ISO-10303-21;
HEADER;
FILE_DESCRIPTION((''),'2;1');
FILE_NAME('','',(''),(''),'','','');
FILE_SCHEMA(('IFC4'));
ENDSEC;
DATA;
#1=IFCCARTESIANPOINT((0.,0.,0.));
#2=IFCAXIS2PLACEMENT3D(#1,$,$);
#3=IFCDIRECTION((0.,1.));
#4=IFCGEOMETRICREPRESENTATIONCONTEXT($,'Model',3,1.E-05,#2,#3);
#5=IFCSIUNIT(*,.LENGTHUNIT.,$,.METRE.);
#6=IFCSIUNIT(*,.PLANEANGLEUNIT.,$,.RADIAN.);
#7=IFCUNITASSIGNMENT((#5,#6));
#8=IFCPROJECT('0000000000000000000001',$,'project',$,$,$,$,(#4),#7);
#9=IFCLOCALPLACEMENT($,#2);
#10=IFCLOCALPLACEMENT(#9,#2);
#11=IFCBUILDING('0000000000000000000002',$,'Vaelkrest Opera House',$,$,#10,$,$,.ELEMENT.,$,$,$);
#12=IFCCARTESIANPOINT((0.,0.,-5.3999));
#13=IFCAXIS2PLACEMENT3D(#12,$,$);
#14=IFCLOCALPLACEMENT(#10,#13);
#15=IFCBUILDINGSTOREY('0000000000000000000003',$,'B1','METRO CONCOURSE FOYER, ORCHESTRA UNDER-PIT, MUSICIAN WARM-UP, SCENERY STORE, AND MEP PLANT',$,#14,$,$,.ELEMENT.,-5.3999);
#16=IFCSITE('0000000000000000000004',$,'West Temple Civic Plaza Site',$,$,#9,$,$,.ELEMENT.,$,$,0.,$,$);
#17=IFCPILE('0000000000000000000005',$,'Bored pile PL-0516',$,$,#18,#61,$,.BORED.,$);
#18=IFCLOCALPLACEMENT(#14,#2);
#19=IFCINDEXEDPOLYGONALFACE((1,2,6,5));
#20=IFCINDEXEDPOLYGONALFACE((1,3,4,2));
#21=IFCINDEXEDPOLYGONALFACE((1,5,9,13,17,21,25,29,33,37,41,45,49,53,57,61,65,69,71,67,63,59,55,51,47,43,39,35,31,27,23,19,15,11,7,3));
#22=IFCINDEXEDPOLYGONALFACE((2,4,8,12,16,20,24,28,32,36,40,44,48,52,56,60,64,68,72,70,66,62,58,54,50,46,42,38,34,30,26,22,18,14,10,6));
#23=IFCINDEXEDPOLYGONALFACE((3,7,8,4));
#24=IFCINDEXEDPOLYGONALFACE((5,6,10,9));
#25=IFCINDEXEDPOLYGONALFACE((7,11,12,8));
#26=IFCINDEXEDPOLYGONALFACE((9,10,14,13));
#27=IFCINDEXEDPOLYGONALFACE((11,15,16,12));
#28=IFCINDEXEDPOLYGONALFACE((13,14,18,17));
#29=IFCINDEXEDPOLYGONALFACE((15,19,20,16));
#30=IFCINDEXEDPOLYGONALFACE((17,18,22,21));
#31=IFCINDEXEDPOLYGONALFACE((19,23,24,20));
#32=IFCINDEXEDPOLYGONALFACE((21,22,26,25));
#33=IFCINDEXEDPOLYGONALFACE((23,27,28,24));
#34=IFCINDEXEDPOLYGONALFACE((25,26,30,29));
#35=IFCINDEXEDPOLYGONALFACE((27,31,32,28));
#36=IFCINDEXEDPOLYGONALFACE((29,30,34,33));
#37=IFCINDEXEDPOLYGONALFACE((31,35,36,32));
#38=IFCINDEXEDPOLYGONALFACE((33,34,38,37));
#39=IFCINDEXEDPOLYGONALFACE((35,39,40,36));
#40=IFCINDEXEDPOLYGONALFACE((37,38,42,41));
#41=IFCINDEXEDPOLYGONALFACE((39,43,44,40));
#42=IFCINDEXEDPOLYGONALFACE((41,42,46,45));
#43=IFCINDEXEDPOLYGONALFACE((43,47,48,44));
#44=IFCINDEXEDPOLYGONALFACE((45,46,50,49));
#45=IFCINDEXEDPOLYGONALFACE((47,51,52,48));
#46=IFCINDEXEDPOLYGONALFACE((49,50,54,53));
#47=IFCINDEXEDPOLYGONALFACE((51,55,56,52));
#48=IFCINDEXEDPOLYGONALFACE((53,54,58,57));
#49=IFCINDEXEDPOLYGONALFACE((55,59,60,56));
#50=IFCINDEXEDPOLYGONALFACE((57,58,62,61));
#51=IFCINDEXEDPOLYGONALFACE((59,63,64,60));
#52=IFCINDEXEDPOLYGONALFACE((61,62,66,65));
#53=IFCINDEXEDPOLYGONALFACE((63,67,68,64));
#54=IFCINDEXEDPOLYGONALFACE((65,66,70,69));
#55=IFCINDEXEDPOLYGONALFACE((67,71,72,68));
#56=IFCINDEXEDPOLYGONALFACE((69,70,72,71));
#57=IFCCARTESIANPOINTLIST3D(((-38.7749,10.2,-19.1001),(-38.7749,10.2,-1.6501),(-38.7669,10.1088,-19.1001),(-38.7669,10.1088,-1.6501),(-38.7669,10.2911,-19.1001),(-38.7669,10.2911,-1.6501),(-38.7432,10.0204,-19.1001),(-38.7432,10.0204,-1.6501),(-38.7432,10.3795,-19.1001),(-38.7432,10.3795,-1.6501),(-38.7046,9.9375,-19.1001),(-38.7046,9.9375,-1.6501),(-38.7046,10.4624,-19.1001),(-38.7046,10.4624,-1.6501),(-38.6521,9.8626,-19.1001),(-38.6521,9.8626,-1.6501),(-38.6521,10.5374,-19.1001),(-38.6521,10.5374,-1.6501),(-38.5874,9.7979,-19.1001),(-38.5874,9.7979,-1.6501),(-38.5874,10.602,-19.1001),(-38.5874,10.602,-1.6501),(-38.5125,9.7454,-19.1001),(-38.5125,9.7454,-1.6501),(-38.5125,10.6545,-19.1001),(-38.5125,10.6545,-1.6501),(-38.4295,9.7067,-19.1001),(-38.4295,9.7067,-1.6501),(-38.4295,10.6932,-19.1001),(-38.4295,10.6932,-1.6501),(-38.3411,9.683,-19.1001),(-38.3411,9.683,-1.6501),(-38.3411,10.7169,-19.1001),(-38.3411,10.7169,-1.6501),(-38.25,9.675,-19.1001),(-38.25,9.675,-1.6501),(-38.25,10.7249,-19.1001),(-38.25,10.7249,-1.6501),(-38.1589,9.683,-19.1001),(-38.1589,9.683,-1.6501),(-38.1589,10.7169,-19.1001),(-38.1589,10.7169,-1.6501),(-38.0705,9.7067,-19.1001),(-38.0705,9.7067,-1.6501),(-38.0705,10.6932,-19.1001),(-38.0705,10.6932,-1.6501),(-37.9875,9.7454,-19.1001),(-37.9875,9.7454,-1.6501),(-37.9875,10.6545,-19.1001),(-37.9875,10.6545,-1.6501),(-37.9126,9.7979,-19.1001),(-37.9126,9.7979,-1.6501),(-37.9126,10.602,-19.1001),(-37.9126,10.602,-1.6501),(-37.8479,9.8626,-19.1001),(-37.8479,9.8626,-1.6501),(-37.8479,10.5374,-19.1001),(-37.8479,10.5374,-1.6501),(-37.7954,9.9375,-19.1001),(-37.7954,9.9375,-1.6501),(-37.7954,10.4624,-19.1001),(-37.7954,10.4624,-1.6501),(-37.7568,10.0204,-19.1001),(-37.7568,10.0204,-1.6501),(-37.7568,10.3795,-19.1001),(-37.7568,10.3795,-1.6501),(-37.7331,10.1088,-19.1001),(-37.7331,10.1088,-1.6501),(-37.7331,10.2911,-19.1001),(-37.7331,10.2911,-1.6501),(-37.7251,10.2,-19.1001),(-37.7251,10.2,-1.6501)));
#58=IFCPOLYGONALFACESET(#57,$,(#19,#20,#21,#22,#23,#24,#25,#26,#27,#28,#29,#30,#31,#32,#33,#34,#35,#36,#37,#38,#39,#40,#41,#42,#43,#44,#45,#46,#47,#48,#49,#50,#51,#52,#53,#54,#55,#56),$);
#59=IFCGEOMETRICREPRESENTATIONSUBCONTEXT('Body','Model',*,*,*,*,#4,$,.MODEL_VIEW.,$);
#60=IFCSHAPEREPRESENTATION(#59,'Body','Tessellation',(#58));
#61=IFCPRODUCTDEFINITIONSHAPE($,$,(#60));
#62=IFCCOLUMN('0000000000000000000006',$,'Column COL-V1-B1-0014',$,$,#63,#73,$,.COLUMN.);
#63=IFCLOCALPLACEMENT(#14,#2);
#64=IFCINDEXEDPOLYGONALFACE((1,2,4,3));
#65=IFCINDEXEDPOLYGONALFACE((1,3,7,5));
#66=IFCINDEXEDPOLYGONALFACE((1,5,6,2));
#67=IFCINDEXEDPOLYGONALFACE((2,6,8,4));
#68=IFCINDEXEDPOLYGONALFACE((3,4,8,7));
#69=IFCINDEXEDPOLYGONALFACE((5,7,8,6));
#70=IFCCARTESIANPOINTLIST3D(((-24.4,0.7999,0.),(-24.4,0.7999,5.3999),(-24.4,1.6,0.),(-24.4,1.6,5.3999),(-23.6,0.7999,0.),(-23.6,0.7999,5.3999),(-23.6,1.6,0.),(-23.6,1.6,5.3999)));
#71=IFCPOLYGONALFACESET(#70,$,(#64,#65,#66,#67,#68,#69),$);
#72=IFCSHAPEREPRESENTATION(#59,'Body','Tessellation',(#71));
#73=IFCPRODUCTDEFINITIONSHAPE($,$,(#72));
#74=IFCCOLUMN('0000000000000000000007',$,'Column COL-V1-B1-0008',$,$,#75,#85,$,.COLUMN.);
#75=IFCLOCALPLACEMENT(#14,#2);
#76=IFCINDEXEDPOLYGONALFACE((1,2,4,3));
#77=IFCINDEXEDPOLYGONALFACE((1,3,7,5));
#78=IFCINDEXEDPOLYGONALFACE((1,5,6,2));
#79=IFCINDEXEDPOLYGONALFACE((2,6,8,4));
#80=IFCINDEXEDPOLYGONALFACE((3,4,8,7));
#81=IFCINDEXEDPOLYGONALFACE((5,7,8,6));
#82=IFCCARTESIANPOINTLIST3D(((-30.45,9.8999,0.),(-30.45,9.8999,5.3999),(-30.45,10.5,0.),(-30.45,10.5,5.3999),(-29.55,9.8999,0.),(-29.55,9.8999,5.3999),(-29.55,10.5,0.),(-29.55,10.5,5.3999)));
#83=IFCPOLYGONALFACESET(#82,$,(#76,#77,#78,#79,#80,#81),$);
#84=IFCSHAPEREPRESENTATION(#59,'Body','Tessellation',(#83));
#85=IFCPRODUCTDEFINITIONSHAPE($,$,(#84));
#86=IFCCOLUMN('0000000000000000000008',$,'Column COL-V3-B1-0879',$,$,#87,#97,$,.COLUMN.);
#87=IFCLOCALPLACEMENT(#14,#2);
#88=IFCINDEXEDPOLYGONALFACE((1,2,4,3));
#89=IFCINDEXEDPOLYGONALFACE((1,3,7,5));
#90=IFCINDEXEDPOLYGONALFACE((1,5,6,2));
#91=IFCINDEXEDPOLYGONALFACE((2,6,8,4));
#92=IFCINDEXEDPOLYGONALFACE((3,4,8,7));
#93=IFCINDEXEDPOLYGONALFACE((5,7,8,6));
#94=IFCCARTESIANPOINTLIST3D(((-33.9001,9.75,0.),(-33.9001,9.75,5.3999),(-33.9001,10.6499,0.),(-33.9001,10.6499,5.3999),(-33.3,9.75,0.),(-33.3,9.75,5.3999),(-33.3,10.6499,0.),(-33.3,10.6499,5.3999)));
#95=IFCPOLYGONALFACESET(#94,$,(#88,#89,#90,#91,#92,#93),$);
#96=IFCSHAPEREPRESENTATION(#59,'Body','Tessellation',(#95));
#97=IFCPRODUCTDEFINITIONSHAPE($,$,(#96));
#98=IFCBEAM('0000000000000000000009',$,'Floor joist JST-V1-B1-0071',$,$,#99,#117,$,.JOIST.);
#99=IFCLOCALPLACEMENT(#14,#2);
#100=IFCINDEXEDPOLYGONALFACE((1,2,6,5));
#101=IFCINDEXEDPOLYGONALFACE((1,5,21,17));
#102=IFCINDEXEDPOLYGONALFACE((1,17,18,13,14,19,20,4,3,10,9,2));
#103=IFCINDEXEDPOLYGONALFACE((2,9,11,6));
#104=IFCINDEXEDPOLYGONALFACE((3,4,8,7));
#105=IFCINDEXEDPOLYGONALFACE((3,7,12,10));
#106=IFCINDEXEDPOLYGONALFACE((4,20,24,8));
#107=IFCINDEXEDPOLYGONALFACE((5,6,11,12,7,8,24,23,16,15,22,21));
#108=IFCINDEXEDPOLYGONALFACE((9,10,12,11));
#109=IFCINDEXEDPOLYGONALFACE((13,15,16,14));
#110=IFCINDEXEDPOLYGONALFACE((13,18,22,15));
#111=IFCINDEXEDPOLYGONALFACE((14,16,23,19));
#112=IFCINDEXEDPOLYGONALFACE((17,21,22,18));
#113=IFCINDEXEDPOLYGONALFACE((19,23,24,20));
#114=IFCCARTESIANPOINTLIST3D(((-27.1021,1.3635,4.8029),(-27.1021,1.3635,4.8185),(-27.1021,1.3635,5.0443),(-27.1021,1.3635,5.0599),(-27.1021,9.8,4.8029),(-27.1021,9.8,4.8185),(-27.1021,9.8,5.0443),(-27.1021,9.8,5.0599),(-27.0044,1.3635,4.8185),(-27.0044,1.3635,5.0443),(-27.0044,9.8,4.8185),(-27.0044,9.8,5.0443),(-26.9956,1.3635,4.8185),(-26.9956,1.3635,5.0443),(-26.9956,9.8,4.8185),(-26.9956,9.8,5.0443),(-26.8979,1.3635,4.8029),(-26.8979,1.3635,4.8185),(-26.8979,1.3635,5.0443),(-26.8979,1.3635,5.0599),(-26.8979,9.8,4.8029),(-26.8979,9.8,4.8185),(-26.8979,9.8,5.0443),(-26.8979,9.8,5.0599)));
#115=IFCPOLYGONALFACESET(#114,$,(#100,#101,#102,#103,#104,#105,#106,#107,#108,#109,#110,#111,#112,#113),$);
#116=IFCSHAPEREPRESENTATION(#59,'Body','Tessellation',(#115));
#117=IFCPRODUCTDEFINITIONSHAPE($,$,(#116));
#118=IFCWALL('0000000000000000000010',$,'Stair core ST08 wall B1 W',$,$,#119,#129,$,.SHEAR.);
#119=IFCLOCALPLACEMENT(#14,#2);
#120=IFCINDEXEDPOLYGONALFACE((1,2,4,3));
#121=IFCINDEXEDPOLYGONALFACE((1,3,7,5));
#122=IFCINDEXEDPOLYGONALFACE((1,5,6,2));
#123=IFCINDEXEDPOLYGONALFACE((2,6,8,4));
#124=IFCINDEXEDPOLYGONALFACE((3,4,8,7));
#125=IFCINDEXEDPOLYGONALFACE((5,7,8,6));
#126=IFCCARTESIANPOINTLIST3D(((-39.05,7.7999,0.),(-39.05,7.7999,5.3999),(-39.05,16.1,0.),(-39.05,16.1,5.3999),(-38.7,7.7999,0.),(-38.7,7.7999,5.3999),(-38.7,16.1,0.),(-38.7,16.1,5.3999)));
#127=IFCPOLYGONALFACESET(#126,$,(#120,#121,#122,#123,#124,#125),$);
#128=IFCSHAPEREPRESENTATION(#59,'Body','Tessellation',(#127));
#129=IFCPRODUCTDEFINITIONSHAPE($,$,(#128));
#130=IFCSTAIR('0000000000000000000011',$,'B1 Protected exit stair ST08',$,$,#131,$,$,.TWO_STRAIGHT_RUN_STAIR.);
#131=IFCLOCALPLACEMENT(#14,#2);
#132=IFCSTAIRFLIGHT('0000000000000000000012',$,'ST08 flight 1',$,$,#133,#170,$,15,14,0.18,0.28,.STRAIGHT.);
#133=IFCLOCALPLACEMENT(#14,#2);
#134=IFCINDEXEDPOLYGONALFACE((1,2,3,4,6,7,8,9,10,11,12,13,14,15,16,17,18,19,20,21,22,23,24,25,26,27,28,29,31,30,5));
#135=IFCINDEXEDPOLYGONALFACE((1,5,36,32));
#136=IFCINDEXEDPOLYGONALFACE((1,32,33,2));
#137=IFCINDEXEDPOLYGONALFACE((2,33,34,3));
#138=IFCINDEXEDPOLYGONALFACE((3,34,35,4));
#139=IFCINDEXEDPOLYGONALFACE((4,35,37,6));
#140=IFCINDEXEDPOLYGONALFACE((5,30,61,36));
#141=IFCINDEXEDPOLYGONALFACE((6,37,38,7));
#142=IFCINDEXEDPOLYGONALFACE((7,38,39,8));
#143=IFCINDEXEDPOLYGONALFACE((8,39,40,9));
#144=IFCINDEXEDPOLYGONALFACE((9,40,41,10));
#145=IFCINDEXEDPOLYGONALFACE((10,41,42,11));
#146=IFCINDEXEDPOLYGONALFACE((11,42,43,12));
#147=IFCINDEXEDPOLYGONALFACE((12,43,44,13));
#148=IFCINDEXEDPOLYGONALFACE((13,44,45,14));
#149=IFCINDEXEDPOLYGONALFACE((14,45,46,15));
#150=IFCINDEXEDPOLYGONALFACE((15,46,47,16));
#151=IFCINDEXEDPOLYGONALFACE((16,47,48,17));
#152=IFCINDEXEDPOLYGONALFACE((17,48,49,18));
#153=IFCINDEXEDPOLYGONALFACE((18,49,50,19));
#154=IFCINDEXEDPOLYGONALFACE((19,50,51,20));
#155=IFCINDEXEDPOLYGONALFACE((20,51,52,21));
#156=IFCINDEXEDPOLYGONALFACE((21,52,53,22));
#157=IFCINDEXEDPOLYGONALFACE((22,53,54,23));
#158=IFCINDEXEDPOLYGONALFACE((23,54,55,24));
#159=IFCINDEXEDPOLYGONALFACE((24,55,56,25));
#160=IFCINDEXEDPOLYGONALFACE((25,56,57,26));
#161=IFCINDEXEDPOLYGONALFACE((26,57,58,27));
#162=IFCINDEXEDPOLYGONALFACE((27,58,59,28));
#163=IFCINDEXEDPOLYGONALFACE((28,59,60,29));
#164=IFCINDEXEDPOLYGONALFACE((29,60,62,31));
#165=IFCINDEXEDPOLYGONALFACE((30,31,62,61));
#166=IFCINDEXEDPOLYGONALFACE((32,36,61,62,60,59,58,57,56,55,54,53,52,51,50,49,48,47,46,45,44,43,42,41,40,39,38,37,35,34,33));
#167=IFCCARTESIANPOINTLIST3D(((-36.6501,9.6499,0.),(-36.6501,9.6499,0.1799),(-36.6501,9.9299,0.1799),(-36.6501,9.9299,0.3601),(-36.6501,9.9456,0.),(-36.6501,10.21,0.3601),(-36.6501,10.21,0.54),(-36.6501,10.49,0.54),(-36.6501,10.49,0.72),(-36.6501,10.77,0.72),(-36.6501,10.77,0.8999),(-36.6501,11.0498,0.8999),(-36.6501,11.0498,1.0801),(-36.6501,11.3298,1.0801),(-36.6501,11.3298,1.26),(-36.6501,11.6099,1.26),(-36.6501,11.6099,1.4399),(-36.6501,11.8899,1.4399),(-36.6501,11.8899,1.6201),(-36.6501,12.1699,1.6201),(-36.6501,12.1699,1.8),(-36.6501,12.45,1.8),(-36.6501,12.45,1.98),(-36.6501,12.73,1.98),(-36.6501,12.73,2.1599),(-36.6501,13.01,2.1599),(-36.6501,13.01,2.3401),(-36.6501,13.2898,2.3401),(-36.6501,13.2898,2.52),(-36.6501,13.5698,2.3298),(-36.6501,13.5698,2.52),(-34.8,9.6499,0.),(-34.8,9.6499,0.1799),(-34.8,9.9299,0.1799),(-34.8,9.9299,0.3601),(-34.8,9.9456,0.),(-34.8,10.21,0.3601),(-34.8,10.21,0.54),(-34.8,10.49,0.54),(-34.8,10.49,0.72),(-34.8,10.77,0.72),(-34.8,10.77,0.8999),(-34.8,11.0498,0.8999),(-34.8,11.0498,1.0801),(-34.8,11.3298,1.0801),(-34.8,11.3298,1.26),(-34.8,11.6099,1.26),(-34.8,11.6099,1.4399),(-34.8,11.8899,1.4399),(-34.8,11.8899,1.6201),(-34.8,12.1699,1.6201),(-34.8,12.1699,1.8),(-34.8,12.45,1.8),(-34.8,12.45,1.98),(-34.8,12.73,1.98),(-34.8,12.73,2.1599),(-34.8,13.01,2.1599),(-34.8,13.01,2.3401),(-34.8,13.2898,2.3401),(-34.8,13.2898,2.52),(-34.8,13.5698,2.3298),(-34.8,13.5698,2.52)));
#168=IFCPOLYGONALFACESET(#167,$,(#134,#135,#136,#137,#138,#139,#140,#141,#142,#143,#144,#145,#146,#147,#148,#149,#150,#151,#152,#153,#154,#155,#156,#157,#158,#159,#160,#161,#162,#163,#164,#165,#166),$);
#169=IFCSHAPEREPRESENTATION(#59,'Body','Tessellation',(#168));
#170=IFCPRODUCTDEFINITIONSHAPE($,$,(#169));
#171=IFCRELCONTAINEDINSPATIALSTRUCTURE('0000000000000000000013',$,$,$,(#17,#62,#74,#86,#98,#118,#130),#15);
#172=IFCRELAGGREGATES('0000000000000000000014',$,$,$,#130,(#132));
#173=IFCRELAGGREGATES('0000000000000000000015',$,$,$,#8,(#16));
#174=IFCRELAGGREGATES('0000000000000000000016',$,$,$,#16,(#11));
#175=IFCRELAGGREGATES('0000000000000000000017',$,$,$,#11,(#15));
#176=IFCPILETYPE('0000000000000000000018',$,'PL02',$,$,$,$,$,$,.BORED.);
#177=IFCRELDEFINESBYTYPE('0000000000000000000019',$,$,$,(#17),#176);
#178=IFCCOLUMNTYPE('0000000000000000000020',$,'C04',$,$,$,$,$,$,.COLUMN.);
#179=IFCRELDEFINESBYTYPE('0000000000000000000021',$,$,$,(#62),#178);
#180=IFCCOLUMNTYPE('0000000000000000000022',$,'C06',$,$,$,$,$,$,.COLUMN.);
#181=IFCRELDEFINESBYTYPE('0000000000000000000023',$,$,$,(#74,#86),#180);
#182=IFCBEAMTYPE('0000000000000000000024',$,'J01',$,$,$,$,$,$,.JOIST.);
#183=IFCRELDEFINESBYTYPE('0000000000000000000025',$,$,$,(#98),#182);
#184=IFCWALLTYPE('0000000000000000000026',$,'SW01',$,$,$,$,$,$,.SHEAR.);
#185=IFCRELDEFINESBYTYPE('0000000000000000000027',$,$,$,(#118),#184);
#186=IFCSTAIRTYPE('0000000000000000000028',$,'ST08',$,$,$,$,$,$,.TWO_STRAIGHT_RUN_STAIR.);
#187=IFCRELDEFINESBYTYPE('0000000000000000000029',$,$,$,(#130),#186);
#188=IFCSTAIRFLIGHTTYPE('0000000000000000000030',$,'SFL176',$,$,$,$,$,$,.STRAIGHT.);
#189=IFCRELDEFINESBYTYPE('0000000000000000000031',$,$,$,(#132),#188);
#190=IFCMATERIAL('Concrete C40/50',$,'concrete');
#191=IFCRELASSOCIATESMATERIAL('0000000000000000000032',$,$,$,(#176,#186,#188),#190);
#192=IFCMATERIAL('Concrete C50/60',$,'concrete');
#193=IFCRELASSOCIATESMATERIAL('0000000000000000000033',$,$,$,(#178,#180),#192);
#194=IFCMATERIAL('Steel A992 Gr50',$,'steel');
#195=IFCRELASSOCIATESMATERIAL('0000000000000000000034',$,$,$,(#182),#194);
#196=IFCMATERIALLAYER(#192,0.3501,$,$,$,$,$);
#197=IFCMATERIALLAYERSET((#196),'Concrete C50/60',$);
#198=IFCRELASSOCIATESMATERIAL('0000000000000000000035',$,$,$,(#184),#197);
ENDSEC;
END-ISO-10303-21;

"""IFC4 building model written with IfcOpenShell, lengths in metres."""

from ifc_helpers import new_model, si_unit, direction, frame, frame_2d, origin, origin_2d, place, context, subcontext, project, spatial, polyline, rectangle, circle, i_section, outline, extrude, material, layer, layer_set, material_profile, profile_set, type_object, element, aggregate, save


model = new_model("IFC4")

# Units and contexts
model_context = context("Model", 3, precision=1e-05, world=origin(), true_north=direction((0.0, 1.0)))
body_context = subcontext(model_context, "Body", "Model", "MODEL_VIEW")
ifc_project = project(units=[si_unit("LENGTHUNIT", "METRE"), si_unit("PLANEANGLEUNIT", "RADIAN")], contexts=[model_context])

# Site, building, storey
site_placement = place(None, origin())
site = spatial("IfcSite", under=ifc_project, at=site_placement, Name="West Temple Civic Plaza Site", CompositionType="ELEMENT", RefElevation=0.0)
building_placement = place(site_placement, origin())
building = spatial("IfcBuilding", under=site, at=building_placement, Name="Vaelkrest Opera House", CompositionType="ELEMENT")
storey_placement = place(building_placement, frame((0.0, 0.0, -5.3999)))
storey = spatial("IfcBuildingStorey", under=building, at=storey_placement, Name="B1", Description="METRO CONCOURSE FOYER, ORCHESTRA UNDER-PIT, MUSICIAN WARM-UP, SCENERY STORE, AND MEP PLANT", CompositionType="ELEMENT", Elevation=-5.3999)

# Shared definitions
ifc_material_1 = material(Name="Concrete C40/50", Category="concrete")

# Pile
ifc_material_profile_1 = material_profile(ifc_material_1, circle(Radius=0.5249, at=origin_2d()), Name="PILE1050")
ifc_profile_set_1 = profile_set([ifc_material_profile_1], Name="Concrete C40/50")
pile_type_1 = type_object("IfcPileType", Name="PL02", PredefinedType="BORED", material=ifc_profile_set_1)
pile_1_placement = place(storey_placement, frame((-38.25, 10.2, -1.6501), z_axis=(0.0, 0.0, -1.0), x_axis=(1.0, 0.0, 0.0)))
element("IfcPile", 1, at=pile_1_placement, inside=storey, type_object=pile_type_1, Name="Bored pile PL-0516", PredefinedType="BORED", context=body_context, shape_type="SweptSolid", body=[
    extrude(circle(Radius=0.5249, at=origin_2d()), origin(), (0.0, 0.0, 1.0), 17.45),
])

# Columns
ifc_material_2 = material(Name="Concrete C50/60", Category="concrete")
ifc_material_profile_2 = material_profile(ifc_material_2, rectangle(XDim=0.8, YDim=0.8, at=origin_2d()), Name="RC800X800")
ifc_profile_set_2 = profile_set([ifc_material_profile_2], Name="Concrete C50/60")
column_type_1 = type_object("IfcColumnType", Name="C04", PredefinedType="COLUMN", material=ifc_profile_set_2)
column_placement = place(storey_placement, frame((-24.0, 1.2, 0.0), z_axis=(0.0, 0.0, 1.0), x_axis=(1.0, 0.0, 0.0)))
element("IfcColumn", 2, at=column_placement, inside=storey, type_object=column_type_1, Name="Column COL-V1-B1-0014", PredefinedType="COLUMN", context=body_context, shape_type="SweptSolid", body=[
    extrude(rectangle(XDim=0.8, YDim=0.8, at=origin_2d()), origin(), (0.0, 0.0, 1.0), 5.3999),
])
ifc_material_profile_3 = material_profile(ifc_material_2, rectangle(XDim=0.6001, YDim=0.8999, at=origin_2d()), Name="RC600X900")
ifc_profile_set_3 = profile_set([ifc_material_profile_3], Name="Concrete C50/60")
column_type_2 = type_object("IfcColumnType", Name="C06", PredefinedType="COLUMN", material=ifc_profile_set_3)
for number, where, z_axis, x_axis, name in (
    (3, (-30.0, 10.2, 0.0), (0.0, 0.0, 1.0), (0.0, 1.0, 0.0), "Column COL-V1-B1-0008"),
    (4, (-33.6001, 10.2, 0.0), (0.0, 0.0, 1.0), (1.0, 0.0, 0.0), "Column COL-V3-B1-0879"),
):
    element("IfcColumn", number, at=place(storey_placement, frame(where, z_axis=z_axis, x_axis=x_axis)), inside=storey, type_object=column_type_2, Name=name, PredefinedType="COLUMN", context=body_context, shape_type="SweptSolid", body=[
        extrude(rectangle(XDim=0.6001, YDim=0.8999, at=origin_2d()), origin(), (0.0, 0.0, 1.0), 5.3999),
    ])

# Beam
ifc_material_3 = material(Name="Steel A992 Gr50", Category="steel")
ifc_material_profile_4 = material_profile(ifc_material_3, i_section(OverallWidth=0.2041, OverallDepth=0.2571, WebThickness=0.0088, FlangeThickness=0.0156, at=origin_2d()), Name="W10X45")
ifc_profile_set_4 = profile_set([ifc_material_profile_4], Name="Steel A992 Gr50")
beam_type = type_object("IfcBeamType", Name="J01", PredefinedType="JOIST", material=ifc_profile_set_4)
beam_placement = place(storey_placement, frame((-27.0, 1.3635, 4.9314), z_axis=(0.0, 1.0, 0.0), x_axis=(-1.0, 0.0, 0.0)))
element("IfcBeam", 5, at=beam_placement, inside=storey, type_object=beam_type, Name="Floor joist JST-V1-B1-0071", PredefinedType="JOIST", context=body_context, shape_type="SweptSolid", body=[
    extrude(i_section(OverallWidth=0.2041, OverallDepth=0.2571, WebThickness=0.0088, FlangeThickness=0.0156, at=origin_2d()), origin(), (0.0, 0.0, 1.0), 8.4365),
])

# Shared definitions
ifc_layer = layer(ifc_material_2, 0.3501)
ifc_layer_set = layer_set([ifc_layer], Name="Concrete C50/60")
wall_type = type_object("IfcWallType", Name="SW01", PredefinedType="SHEAR", material=ifc_layer_set)

# Wall
wall_1_placement = place(storey_placement, frame((-38.875, 7.8, 0.0), z_axis=(0.0, 0.0, 1.0), x_axis=(0.0, 1.0, 0.0)))
element("IfcWall", 6, at=wall_1_placement, inside=storey, type_object=wall_type, Name="Stair core ST08 wall B1 W", PredefinedType="SHEAR", context=body_context, shape_type="SweptSolid", body=[
    extrude(rectangle(XDim=8.3, YDim=0.3501, at=frame_2d((4.1499, 0.0))), origin(), (0.0, 0.0, 1.0), 5.3999),
])

# Stair, stair flight
stair_type = type_object("IfcStairType", Name="ST08", PredefinedType="TWO_STRAIGHT_RUN_STAIR", material=ifc_material_1)
stair_placement = place(storey_placement, origin())
stair = element("IfcStair", 7, at=stair_placement, inside=storey, type_object=stair_type, Name="B1 Protected exit stair ST08", PredefinedType="TWO_STRAIGHT_RUN_STAIR")
stair_flight_type = type_object("IfcStairFlightType", Name="SFL176", PredefinedType="STRAIGHT", material=ifc_material_1)
stair_flight_placement = place(storey_placement, frame((-35.7251, 9.6499, 0.0), z_axis=(0.0, 0.0, 1.0), x_axis=(0.0, 1.0, 0.0)))
stair_flight = element("IfcStairFlight", 8, at=stair_flight_placement, type_object=stair_flight_type, Name="ST08 flight 1", NumberOfRisers=15, NumberOfTreads=14, PredefinedType="STRAIGHT", RiserHeight=0.18, TreadLength=0.28, context=body_context, shape_type="SweptSolid", body=[
    extrude(outline(polyline([(0.0, 0.0), (0.0, 0.1799), (0.28, 0.1799), (0.28, 0.3601), (0.5601, 0.3601), (0.5601, 0.54), (0.8401, 0.54), (0.8401, 0.72), (1.1201, 0.72), (1.1201, 0.8999), (1.3999, 0.8999), (1.3999, 1.0801), (1.6799, 1.0801), (1.6799, 1.26), (1.96, 1.26), (1.96, 1.4399), (2.24, 1.4399), (2.24, 1.6201), (2.52, 1.6201), (2.52, 1.8), (2.8, 1.8), (2.8, 1.98), (3.0801, 1.98), (3.0801, 2.1599), (3.3601, 2.1599), (3.3601, 2.3401), (3.6399, 2.3401), (3.6399, 2.52), (3.9199, 2.52), (3.9199, 2.7), (3.9199, 2.3298), (0.2957, 0.0), (0.0, 0.0)])), frame((0.0, 0.925, 0.0), z_axis=(0.0, -1.0, 0.0), x_axis=(1.0, 0.0, 0.0)), (0.0, 0.0, 1.0), 1.8501),
])
aggregate(stair, [stair_flight])

save(model, "model.ifc")
